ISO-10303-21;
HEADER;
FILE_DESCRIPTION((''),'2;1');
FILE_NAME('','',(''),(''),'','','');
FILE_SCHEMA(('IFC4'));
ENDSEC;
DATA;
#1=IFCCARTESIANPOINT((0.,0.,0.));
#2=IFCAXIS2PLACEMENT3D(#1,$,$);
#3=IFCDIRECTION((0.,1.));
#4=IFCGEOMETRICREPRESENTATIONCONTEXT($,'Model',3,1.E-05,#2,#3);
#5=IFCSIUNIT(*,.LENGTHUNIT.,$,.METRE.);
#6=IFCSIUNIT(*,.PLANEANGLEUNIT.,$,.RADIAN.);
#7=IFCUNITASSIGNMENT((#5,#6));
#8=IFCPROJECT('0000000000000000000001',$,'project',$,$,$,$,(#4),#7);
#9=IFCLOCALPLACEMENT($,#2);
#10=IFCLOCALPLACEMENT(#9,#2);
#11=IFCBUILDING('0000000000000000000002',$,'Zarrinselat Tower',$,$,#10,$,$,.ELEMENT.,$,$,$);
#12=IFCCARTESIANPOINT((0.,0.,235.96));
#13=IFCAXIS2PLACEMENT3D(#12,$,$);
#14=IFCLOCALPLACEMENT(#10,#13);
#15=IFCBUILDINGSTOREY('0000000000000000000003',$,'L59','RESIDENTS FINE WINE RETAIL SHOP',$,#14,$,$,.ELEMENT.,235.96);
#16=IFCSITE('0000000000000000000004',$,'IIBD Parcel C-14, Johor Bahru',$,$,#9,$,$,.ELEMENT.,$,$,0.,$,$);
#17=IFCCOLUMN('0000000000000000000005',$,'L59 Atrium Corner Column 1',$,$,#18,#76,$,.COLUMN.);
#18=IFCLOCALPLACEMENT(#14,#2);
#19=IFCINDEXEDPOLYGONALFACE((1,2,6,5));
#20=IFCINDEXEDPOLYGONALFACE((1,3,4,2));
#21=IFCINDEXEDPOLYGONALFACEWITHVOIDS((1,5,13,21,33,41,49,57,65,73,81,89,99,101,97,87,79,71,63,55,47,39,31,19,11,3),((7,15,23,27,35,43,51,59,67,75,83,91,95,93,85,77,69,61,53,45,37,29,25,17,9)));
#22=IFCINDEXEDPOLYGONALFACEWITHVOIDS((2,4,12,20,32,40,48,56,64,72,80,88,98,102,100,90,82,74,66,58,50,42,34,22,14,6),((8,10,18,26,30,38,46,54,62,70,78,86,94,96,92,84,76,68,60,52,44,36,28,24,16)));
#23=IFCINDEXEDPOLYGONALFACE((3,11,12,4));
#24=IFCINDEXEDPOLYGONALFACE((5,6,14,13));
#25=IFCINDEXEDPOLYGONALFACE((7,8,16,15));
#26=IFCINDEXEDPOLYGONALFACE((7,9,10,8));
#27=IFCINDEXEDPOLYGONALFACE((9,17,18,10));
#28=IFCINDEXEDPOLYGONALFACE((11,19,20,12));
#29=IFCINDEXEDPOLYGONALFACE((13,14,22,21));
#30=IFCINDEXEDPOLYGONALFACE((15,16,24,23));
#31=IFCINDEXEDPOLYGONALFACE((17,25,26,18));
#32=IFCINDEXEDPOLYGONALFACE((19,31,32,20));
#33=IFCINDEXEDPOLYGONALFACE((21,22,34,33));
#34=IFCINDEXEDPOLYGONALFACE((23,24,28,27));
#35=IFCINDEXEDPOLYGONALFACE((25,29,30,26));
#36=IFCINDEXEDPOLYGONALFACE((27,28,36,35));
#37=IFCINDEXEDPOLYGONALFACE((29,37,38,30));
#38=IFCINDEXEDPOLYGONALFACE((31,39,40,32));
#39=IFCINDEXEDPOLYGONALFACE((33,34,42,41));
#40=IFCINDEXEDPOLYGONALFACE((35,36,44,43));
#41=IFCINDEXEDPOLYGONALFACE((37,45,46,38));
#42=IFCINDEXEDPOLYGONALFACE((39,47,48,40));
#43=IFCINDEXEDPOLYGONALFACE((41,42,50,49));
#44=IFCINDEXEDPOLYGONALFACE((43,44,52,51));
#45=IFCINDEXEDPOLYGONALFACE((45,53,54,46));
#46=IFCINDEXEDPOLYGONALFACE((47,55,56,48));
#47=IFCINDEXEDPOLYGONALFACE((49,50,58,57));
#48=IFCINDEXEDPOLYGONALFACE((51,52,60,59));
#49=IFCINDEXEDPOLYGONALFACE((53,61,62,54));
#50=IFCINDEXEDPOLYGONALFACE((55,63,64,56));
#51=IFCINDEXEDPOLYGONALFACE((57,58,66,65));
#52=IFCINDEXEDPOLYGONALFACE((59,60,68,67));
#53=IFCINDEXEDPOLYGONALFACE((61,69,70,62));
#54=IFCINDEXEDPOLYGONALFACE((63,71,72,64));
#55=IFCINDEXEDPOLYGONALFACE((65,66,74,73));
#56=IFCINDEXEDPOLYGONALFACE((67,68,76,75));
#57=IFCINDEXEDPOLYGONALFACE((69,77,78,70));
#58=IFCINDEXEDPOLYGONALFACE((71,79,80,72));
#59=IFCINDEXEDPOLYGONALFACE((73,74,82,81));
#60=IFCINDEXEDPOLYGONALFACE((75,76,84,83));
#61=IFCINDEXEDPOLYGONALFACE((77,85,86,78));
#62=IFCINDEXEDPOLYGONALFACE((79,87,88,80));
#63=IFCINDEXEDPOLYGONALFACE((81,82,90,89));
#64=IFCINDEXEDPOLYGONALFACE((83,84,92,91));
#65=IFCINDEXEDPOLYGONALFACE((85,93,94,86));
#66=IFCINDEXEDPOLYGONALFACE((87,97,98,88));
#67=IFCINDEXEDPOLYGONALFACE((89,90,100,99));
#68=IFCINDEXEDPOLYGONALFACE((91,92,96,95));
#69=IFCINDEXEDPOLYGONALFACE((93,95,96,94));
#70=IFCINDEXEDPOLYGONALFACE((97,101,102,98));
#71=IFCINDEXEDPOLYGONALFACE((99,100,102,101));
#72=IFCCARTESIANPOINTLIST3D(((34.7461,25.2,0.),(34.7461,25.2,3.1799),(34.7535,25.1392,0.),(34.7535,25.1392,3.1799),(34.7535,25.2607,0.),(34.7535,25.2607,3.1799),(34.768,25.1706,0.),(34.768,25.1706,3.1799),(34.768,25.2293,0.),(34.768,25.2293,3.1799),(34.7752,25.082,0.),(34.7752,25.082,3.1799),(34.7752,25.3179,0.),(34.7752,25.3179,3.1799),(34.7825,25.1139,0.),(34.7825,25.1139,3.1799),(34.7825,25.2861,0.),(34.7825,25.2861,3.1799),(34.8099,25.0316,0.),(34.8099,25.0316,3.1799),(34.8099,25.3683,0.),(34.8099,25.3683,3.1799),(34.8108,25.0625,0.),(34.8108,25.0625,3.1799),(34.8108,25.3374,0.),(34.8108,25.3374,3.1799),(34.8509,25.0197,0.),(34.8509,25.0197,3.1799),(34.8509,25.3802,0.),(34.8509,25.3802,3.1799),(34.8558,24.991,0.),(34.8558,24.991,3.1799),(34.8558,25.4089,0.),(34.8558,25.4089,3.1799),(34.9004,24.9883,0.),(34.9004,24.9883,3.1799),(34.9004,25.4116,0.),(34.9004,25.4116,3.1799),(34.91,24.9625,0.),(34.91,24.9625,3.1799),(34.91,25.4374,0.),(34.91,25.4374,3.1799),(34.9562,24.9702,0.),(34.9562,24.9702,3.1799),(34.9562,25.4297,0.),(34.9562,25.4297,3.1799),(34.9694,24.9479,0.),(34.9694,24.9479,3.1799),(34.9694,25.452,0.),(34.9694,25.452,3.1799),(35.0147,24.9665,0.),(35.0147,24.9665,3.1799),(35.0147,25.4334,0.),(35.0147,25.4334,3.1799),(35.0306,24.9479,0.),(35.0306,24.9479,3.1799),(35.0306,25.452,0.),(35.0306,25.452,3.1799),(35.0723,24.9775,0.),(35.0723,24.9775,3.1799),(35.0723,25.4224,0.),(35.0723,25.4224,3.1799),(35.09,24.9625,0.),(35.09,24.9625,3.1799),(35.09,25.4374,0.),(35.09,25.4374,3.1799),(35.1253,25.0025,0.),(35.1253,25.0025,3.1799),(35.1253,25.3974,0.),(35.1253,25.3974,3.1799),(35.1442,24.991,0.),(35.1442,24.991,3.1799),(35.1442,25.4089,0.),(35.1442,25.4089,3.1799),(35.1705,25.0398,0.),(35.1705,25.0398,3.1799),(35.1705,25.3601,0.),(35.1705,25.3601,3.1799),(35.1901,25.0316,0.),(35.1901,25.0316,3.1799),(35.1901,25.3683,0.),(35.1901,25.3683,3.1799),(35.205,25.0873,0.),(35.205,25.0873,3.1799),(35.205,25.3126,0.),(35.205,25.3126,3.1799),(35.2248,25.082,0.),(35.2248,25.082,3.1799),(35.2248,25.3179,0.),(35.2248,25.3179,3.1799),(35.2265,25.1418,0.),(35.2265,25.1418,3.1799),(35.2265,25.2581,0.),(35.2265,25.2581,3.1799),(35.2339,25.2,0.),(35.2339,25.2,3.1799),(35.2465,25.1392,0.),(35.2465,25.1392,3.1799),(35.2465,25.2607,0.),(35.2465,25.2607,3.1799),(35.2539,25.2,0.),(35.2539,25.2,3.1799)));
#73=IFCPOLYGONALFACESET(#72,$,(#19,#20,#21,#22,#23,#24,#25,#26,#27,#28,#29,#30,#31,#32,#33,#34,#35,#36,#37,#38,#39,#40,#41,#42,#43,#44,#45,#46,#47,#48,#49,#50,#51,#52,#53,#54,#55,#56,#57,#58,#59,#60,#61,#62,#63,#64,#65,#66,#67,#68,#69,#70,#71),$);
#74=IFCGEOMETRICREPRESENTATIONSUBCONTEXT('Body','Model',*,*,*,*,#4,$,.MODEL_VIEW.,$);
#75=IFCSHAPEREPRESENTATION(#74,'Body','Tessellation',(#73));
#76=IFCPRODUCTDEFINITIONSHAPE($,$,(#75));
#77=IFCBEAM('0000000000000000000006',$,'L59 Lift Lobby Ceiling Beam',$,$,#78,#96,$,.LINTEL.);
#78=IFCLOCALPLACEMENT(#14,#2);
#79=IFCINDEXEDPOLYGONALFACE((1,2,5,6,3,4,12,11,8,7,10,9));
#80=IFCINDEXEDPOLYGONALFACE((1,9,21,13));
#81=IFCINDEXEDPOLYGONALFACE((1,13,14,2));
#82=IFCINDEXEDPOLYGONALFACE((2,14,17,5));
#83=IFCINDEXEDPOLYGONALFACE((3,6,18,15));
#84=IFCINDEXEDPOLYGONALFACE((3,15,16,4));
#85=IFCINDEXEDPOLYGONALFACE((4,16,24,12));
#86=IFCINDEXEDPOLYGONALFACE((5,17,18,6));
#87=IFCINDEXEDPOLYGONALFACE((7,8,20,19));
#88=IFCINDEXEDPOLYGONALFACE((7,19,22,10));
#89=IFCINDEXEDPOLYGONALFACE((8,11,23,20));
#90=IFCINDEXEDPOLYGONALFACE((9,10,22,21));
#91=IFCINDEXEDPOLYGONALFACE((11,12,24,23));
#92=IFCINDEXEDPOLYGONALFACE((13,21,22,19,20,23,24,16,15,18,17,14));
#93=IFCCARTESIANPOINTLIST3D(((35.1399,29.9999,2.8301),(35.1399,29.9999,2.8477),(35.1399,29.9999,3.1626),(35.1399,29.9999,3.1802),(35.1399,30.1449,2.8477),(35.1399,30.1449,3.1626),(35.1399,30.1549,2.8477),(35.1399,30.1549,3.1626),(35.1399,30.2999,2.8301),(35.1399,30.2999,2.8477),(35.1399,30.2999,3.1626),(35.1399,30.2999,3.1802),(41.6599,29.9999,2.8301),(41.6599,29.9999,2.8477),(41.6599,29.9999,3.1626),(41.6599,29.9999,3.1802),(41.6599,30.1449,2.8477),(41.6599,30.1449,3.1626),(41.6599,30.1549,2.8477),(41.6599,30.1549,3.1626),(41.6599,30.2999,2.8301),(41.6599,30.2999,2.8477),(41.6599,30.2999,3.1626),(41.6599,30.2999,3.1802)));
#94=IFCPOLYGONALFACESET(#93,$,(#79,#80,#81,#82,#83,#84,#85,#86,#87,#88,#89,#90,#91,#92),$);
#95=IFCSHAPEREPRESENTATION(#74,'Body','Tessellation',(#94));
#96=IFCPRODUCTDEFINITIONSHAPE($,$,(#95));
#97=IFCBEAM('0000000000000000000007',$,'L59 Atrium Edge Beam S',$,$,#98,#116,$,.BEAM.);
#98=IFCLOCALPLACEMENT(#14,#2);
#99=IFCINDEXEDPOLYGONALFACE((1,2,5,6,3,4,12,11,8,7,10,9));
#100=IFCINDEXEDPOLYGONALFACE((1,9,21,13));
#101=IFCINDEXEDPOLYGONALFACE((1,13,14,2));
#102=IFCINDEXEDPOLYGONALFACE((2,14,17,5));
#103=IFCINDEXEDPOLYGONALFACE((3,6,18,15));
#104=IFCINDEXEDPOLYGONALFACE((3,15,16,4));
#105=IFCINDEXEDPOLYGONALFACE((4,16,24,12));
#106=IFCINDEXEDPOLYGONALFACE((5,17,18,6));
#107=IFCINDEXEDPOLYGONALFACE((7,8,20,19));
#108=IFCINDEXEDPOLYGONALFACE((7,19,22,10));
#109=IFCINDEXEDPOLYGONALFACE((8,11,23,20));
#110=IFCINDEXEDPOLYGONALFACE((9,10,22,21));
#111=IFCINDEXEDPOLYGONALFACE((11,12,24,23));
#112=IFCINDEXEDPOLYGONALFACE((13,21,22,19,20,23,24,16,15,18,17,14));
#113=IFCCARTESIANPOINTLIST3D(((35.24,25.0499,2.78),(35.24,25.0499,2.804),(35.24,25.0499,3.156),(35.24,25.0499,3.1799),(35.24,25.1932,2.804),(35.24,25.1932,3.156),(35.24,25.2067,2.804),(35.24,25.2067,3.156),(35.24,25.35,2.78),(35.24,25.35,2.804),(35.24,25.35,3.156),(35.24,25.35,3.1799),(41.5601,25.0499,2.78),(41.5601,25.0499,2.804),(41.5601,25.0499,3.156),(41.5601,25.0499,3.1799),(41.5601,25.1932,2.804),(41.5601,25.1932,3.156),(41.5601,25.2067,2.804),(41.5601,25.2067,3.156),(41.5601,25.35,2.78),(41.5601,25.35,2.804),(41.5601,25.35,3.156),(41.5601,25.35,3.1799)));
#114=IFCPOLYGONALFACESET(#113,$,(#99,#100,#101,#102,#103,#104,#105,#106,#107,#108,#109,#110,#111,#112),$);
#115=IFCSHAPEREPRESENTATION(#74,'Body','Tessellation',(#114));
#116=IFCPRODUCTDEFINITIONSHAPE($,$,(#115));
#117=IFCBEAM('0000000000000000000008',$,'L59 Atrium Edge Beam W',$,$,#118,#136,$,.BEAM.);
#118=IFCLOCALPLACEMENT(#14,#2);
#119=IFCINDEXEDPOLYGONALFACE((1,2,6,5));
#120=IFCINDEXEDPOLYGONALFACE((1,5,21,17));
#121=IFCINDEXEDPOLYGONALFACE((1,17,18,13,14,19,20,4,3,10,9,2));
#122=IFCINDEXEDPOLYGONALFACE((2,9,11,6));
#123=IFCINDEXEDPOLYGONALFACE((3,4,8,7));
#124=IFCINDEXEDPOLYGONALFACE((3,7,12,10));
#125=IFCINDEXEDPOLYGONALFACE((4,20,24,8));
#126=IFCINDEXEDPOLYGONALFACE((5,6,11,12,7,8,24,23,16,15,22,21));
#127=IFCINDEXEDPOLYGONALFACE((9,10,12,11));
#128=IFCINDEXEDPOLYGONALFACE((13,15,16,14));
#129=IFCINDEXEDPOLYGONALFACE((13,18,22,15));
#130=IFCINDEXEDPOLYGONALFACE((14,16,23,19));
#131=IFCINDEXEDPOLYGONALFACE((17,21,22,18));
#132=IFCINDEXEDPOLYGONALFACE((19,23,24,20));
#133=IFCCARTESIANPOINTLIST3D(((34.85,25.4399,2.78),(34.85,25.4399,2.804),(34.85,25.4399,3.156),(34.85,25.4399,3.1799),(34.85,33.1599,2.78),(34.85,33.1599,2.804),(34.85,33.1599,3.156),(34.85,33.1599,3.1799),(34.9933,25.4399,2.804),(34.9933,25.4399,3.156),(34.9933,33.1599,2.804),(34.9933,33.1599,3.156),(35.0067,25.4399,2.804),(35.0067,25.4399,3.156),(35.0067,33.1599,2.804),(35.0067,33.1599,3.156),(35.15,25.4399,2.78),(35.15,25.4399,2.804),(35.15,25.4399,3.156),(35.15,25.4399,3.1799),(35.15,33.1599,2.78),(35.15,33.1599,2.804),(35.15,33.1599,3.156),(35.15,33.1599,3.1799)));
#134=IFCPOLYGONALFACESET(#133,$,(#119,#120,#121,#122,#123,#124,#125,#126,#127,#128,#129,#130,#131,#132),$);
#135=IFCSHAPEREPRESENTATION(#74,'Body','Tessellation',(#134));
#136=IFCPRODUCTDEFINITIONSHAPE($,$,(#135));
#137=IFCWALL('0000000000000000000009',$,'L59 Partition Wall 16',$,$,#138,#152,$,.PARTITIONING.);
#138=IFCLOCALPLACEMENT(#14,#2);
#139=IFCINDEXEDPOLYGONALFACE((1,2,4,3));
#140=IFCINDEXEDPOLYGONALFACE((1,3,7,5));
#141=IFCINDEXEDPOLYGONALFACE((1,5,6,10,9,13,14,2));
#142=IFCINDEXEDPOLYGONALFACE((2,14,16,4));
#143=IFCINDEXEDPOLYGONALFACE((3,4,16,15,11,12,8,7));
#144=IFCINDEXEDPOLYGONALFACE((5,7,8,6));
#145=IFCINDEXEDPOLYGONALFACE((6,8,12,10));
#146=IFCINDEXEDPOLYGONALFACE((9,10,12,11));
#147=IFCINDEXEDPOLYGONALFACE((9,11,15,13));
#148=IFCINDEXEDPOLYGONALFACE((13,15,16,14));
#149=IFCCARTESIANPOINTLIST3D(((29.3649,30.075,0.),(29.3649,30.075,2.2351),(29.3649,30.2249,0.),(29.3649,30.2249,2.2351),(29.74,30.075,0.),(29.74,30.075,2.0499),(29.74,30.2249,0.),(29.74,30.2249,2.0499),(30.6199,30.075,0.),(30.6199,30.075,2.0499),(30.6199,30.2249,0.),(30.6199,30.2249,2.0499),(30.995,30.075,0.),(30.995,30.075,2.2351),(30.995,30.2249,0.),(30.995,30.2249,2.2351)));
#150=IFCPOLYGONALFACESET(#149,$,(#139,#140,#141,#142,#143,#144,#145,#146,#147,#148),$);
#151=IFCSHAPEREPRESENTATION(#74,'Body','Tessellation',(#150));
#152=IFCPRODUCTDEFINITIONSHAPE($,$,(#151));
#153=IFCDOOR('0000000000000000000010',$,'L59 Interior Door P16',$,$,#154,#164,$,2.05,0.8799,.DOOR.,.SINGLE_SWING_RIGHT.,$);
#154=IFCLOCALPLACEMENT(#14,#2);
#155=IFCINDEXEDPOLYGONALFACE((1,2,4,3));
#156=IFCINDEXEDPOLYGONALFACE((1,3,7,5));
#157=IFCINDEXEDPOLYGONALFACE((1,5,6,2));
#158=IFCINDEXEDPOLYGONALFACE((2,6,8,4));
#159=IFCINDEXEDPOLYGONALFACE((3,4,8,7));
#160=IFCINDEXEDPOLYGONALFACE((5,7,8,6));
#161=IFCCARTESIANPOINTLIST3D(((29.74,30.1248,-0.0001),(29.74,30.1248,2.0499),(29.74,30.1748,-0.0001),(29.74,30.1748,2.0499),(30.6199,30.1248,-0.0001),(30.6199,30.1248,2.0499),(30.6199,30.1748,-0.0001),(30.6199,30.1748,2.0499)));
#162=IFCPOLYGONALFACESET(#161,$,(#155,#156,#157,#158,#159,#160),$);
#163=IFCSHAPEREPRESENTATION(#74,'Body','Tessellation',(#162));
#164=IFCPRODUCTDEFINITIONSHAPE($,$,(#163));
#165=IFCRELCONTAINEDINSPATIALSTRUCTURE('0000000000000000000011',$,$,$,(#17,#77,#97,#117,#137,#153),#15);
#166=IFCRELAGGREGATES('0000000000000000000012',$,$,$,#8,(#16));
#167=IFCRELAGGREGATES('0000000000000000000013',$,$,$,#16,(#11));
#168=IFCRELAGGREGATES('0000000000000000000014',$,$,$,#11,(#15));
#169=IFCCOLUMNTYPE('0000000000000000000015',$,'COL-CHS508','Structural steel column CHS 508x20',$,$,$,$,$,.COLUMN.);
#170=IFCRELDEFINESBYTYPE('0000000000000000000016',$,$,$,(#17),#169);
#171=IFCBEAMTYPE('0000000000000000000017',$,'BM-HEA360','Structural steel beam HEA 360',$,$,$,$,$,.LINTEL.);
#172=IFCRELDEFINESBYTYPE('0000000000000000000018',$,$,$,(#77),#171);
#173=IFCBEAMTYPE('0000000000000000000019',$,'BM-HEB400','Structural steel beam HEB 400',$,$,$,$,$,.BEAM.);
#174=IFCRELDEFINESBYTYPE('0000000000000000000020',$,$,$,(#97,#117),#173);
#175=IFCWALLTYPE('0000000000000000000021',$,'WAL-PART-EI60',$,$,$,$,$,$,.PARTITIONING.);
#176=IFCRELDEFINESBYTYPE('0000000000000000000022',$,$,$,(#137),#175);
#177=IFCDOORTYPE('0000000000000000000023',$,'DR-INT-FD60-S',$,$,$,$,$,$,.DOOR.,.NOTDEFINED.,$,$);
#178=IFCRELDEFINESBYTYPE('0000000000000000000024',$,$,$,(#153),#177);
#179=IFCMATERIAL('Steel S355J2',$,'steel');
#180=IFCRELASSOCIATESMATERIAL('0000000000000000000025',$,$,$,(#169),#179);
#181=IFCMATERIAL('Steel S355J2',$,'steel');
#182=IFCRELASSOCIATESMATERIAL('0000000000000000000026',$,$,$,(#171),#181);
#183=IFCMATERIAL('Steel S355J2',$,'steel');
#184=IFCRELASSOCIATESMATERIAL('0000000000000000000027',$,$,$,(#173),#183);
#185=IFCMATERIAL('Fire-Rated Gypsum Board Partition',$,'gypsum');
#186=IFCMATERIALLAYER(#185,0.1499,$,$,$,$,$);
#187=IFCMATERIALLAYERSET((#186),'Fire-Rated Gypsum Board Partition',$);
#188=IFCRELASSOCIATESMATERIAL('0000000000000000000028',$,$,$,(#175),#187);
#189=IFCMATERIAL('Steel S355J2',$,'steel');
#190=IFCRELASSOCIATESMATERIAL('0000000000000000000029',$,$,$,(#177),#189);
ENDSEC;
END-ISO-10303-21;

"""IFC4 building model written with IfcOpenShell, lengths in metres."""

from ifc_helpers import new_model, si_unit, direction, frame, frame_2d, origin, origin_2d, place, context, subcontext, project, spatial, rectangle, hollow_circle, i_section, extrude, material, layer, layer_set, material_profile, profile_set, type_object, element, fill, save


model = new_model("IFC4")

# Units and contexts
model_context = context("Model", 3, precision=1e-05, world=origin(), true_north=direction((0.0, 1.0)))
body_context = subcontext(model_context, "Body", "Model", "MODEL_VIEW")
ifc_project = project(units=[si_unit("LENGTHUNIT", "METRE"), si_unit("PLANEANGLEUNIT", "RADIAN")], contexts=[model_context])

# Site, building, storey
site_placement = place(None, origin())
site = spatial("IfcSite", under=ifc_project, at=site_placement, Name="IIBD Parcel C-14, Johor Bahru", CompositionType="ELEMENT", RefElevation=0.0)
building_placement = place(site_placement, origin())
building = spatial("IfcBuilding", under=site, at=building_placement, Name="Zarrinselat Tower", CompositionType="ELEMENT")
storey_placement = place(building_placement, frame((0.0, 0.0, 235.96)))
storey = spatial("IfcBuildingStorey", under=building, at=storey_placement, Name="L59", Description="RESIDENTS FINE WINE RETAIL SHOP", CompositionType="ELEMENT", Elevation=235.96)

# Column
ifc_material_1 = material(Name="Steel S355J2", Category="steel")
ifc_material_profile_1 = material_profile(ifc_material_1, hollow_circle(Radius=0.2539, WallThickness=0.02, at=origin_2d()), Name="CHS 508x20")
ifc_profile_set_1 = profile_set([ifc_material_profile_1], Name="Steel S355J2")
column_type = type_object("IfcColumnType", Name="COL-CHS508", Description="Structural steel column CHS 508x20", PredefinedType="COLUMN", material=ifc_profile_set_1)
column_placement = place(storey_placement, frame((35.0, 25.2, 0.0), z_axis=(0.0, 0.0, 1.0), x_axis=(1.0, 0.0, 0.0)))
element("IfcColumn", 1, at=column_placement, inside=storey, type_object=column_type, Name="L59 Atrium Corner Column 1", PredefinedType="COLUMN", context=body_context, shape_type="SweptSolid", body=[
    extrude(hollow_circle(Radius=0.2539, WallThickness=0.02, at=origin_2d()), origin(), (0.0, 0.0, 1.0), 3.1799),
])

# Beams
ifc_material_2 = material(Name="Steel S355J2", Category="steel")
ifc_material_profile_2 = material_profile(ifc_material_2, i_section(OverallWidth=0.3, OverallDepth=0.3501, WebThickness=0.01, FlangeThickness=0.0176, at=origin_2d()), Name="HEA 360")
ifc_profile_set_2 = profile_set([ifc_material_profile_2], Name="Steel S355J2")
beam_type_1 = type_object("IfcBeamType", Name="BM-HEA360", Description="Structural steel beam HEA 360", PredefinedType="LINTEL", material=ifc_profile_set_2)
beam_1_placement = place(storey_placement, frame((35.1399, 30.1499, 3.0051), z_axis=(1.0, 0.0, 0.0), x_axis=(0.0, 1.0, 0.0)))
element("IfcBeam", 2, at=beam_1_placement, inside=storey, type_object=beam_type_1, Name="L59 Lift Lobby Ceiling Beam", PredefinedType="LINTEL", context=body_context, shape_type="SweptSolid", body=[
    extrude(i_section(OverallWidth=0.3, OverallDepth=0.3501, WebThickness=0.01, FlangeThickness=0.0176, at=origin_2d()), origin(), (0.0, 0.0, 1.0), 6.52),
])
ifc_material_3 = material(Name="Steel S355J2", Category="steel")
ifc_material_profile_3 = material_profile(ifc_material_3, i_section(OverallWidth=0.3, OverallDepth=0.3999, WebThickness=0.0134, FlangeThickness=0.0239, at=origin_2d()), Name="HEB 400")
ifc_profile_set_3 = profile_set([ifc_material_profile_3], Name="Steel S355J2")
beam_type_2 = type_object("IfcBeamType", Name="BM-HEB400", Description="Structural steel beam HEB 400", PredefinedType="BEAM", material=ifc_profile_set_3)
beam_2_placement = place(storey_placement, frame((35.24, 25.2, 2.98), z_axis=(1.0, 0.0, 0.0), x_axis=(0.0, 1.0, 0.0)))
element("IfcBeam", 3, at=beam_2_placement, inside=storey, type_object=beam_type_2, Name="L59 Atrium Edge Beam S", PredefinedType="BEAM", context=body_context, shape_type="SweptSolid", body=[
    extrude(i_section(OverallWidth=0.3, OverallDepth=0.3999, WebThickness=0.0134, FlangeThickness=0.0239, at=origin_2d()), origin(), (0.0, 0.0, 1.0), 6.3201),
])
beam_3_placement = place(storey_placement, frame((35.0, 25.4399, 2.98), z_axis=(0.0, 1.0, 0.0), x_axis=(-1.0, 0.0, 0.0)))
element("IfcBeam", 4, at=beam_3_placement, inside=storey, type_object=beam_type_2, Name="L59 Atrium Edge Beam W", PredefinedType="BEAM", context=body_context, shape_type="SweptSolid", body=[
    extrude(i_section(OverallWidth=0.3, OverallDepth=0.3999, WebThickness=0.0134, FlangeThickness=0.0239, at=origin_2d()), origin(), (0.0, 0.0, 1.0), 7.72),
])

# Wall, opening, door
ifc_material_4 = material(Name="Fire-Rated Gypsum Board Partition", Category="gypsum")
ifc_layer_1 = layer(ifc_material_4, 0.1499)
ifc_layer_set_1 = layer_set([ifc_layer_1], Name="Fire-Rated Gypsum Board Partition")
wall_type_1 = type_object("IfcWallType", Name="WAL-PART-EI60", PredefinedType="PARTITIONING", material=ifc_layer_set_1)
wall_1_placement = place(storey_placement, frame((29.365, 30.1499, 0.0), z_axis=(0.0, 0.0, 1.0), x_axis=(1.0, 0.0, 0.0)))
wall_1 = element("IfcWall", 5, at=wall_1_placement, inside=storey, type_object=wall_type_1, Name="L59 Partition Wall 16", PredefinedType="PARTITIONING", context=body_context, shape_type="SweptSolid", body=[
    extrude(rectangle(XDim=1.6301, YDim=0.1499, at=frame_2d((0.8149, 0.0))), origin(), (0.0, 0.0, 1.0), 2.2351),
])
opening_1_placement = place(wall_1_placement, frame((0.375, 0.0, 0.0)))
opening_1 = element("IfcOpeningElement", 6, at=opening_1_placement, cuts=wall_1, PredefinedType="OPENING", context=body_context, shape_type="SweptSolid", body=[
    extrude(rectangle(XDim=0.8799, YDim=2.05, at=frame_2d((0.4399, 1.0249))), frame((0.0, 0.085, 0.0), z_axis=(0.0, -1.0, 0.0), x_axis=(1.0, 0.0, 0.0)), (0.0, 0.0, 1.0), 0.1699),
])
ifc_material_5 = material(Name="Steel S355J2", Category="steel")
door_type_1 = type_object("IfcDoorType", Name="DR-INT-FD60-S", OperationType="NOTDEFINED", PredefinedType="DOOR", material=ifc_material_5)
door_1_placement = place(opening_1_placement, origin())
door_1 = element("IfcDoor", 7, at=door_1_placement, inside=storey, type_object=door_type_1, Name="L59 Interior Door P16", OperationType="SINGLE_SWING_RIGHT", OverallHeight=2.05, OverallWidth=0.8799, PredefinedType="DOOR", context=body_context, shape_type="SweptSolid", body=[
    extrude(rectangle(XDim=0.8799, YDim=2.05, at=frame_2d((0.4399, 1.0249))), frame((0.0, 0.0249, 0.0), z_axis=(0.0, -1.0, 0.0), x_axis=(1.0, 0.0, 0.0)), (0.0, 0.0, 1.0), 0.05),
])
fill(opening_1, door_1)

save(model, "model.ifc")
